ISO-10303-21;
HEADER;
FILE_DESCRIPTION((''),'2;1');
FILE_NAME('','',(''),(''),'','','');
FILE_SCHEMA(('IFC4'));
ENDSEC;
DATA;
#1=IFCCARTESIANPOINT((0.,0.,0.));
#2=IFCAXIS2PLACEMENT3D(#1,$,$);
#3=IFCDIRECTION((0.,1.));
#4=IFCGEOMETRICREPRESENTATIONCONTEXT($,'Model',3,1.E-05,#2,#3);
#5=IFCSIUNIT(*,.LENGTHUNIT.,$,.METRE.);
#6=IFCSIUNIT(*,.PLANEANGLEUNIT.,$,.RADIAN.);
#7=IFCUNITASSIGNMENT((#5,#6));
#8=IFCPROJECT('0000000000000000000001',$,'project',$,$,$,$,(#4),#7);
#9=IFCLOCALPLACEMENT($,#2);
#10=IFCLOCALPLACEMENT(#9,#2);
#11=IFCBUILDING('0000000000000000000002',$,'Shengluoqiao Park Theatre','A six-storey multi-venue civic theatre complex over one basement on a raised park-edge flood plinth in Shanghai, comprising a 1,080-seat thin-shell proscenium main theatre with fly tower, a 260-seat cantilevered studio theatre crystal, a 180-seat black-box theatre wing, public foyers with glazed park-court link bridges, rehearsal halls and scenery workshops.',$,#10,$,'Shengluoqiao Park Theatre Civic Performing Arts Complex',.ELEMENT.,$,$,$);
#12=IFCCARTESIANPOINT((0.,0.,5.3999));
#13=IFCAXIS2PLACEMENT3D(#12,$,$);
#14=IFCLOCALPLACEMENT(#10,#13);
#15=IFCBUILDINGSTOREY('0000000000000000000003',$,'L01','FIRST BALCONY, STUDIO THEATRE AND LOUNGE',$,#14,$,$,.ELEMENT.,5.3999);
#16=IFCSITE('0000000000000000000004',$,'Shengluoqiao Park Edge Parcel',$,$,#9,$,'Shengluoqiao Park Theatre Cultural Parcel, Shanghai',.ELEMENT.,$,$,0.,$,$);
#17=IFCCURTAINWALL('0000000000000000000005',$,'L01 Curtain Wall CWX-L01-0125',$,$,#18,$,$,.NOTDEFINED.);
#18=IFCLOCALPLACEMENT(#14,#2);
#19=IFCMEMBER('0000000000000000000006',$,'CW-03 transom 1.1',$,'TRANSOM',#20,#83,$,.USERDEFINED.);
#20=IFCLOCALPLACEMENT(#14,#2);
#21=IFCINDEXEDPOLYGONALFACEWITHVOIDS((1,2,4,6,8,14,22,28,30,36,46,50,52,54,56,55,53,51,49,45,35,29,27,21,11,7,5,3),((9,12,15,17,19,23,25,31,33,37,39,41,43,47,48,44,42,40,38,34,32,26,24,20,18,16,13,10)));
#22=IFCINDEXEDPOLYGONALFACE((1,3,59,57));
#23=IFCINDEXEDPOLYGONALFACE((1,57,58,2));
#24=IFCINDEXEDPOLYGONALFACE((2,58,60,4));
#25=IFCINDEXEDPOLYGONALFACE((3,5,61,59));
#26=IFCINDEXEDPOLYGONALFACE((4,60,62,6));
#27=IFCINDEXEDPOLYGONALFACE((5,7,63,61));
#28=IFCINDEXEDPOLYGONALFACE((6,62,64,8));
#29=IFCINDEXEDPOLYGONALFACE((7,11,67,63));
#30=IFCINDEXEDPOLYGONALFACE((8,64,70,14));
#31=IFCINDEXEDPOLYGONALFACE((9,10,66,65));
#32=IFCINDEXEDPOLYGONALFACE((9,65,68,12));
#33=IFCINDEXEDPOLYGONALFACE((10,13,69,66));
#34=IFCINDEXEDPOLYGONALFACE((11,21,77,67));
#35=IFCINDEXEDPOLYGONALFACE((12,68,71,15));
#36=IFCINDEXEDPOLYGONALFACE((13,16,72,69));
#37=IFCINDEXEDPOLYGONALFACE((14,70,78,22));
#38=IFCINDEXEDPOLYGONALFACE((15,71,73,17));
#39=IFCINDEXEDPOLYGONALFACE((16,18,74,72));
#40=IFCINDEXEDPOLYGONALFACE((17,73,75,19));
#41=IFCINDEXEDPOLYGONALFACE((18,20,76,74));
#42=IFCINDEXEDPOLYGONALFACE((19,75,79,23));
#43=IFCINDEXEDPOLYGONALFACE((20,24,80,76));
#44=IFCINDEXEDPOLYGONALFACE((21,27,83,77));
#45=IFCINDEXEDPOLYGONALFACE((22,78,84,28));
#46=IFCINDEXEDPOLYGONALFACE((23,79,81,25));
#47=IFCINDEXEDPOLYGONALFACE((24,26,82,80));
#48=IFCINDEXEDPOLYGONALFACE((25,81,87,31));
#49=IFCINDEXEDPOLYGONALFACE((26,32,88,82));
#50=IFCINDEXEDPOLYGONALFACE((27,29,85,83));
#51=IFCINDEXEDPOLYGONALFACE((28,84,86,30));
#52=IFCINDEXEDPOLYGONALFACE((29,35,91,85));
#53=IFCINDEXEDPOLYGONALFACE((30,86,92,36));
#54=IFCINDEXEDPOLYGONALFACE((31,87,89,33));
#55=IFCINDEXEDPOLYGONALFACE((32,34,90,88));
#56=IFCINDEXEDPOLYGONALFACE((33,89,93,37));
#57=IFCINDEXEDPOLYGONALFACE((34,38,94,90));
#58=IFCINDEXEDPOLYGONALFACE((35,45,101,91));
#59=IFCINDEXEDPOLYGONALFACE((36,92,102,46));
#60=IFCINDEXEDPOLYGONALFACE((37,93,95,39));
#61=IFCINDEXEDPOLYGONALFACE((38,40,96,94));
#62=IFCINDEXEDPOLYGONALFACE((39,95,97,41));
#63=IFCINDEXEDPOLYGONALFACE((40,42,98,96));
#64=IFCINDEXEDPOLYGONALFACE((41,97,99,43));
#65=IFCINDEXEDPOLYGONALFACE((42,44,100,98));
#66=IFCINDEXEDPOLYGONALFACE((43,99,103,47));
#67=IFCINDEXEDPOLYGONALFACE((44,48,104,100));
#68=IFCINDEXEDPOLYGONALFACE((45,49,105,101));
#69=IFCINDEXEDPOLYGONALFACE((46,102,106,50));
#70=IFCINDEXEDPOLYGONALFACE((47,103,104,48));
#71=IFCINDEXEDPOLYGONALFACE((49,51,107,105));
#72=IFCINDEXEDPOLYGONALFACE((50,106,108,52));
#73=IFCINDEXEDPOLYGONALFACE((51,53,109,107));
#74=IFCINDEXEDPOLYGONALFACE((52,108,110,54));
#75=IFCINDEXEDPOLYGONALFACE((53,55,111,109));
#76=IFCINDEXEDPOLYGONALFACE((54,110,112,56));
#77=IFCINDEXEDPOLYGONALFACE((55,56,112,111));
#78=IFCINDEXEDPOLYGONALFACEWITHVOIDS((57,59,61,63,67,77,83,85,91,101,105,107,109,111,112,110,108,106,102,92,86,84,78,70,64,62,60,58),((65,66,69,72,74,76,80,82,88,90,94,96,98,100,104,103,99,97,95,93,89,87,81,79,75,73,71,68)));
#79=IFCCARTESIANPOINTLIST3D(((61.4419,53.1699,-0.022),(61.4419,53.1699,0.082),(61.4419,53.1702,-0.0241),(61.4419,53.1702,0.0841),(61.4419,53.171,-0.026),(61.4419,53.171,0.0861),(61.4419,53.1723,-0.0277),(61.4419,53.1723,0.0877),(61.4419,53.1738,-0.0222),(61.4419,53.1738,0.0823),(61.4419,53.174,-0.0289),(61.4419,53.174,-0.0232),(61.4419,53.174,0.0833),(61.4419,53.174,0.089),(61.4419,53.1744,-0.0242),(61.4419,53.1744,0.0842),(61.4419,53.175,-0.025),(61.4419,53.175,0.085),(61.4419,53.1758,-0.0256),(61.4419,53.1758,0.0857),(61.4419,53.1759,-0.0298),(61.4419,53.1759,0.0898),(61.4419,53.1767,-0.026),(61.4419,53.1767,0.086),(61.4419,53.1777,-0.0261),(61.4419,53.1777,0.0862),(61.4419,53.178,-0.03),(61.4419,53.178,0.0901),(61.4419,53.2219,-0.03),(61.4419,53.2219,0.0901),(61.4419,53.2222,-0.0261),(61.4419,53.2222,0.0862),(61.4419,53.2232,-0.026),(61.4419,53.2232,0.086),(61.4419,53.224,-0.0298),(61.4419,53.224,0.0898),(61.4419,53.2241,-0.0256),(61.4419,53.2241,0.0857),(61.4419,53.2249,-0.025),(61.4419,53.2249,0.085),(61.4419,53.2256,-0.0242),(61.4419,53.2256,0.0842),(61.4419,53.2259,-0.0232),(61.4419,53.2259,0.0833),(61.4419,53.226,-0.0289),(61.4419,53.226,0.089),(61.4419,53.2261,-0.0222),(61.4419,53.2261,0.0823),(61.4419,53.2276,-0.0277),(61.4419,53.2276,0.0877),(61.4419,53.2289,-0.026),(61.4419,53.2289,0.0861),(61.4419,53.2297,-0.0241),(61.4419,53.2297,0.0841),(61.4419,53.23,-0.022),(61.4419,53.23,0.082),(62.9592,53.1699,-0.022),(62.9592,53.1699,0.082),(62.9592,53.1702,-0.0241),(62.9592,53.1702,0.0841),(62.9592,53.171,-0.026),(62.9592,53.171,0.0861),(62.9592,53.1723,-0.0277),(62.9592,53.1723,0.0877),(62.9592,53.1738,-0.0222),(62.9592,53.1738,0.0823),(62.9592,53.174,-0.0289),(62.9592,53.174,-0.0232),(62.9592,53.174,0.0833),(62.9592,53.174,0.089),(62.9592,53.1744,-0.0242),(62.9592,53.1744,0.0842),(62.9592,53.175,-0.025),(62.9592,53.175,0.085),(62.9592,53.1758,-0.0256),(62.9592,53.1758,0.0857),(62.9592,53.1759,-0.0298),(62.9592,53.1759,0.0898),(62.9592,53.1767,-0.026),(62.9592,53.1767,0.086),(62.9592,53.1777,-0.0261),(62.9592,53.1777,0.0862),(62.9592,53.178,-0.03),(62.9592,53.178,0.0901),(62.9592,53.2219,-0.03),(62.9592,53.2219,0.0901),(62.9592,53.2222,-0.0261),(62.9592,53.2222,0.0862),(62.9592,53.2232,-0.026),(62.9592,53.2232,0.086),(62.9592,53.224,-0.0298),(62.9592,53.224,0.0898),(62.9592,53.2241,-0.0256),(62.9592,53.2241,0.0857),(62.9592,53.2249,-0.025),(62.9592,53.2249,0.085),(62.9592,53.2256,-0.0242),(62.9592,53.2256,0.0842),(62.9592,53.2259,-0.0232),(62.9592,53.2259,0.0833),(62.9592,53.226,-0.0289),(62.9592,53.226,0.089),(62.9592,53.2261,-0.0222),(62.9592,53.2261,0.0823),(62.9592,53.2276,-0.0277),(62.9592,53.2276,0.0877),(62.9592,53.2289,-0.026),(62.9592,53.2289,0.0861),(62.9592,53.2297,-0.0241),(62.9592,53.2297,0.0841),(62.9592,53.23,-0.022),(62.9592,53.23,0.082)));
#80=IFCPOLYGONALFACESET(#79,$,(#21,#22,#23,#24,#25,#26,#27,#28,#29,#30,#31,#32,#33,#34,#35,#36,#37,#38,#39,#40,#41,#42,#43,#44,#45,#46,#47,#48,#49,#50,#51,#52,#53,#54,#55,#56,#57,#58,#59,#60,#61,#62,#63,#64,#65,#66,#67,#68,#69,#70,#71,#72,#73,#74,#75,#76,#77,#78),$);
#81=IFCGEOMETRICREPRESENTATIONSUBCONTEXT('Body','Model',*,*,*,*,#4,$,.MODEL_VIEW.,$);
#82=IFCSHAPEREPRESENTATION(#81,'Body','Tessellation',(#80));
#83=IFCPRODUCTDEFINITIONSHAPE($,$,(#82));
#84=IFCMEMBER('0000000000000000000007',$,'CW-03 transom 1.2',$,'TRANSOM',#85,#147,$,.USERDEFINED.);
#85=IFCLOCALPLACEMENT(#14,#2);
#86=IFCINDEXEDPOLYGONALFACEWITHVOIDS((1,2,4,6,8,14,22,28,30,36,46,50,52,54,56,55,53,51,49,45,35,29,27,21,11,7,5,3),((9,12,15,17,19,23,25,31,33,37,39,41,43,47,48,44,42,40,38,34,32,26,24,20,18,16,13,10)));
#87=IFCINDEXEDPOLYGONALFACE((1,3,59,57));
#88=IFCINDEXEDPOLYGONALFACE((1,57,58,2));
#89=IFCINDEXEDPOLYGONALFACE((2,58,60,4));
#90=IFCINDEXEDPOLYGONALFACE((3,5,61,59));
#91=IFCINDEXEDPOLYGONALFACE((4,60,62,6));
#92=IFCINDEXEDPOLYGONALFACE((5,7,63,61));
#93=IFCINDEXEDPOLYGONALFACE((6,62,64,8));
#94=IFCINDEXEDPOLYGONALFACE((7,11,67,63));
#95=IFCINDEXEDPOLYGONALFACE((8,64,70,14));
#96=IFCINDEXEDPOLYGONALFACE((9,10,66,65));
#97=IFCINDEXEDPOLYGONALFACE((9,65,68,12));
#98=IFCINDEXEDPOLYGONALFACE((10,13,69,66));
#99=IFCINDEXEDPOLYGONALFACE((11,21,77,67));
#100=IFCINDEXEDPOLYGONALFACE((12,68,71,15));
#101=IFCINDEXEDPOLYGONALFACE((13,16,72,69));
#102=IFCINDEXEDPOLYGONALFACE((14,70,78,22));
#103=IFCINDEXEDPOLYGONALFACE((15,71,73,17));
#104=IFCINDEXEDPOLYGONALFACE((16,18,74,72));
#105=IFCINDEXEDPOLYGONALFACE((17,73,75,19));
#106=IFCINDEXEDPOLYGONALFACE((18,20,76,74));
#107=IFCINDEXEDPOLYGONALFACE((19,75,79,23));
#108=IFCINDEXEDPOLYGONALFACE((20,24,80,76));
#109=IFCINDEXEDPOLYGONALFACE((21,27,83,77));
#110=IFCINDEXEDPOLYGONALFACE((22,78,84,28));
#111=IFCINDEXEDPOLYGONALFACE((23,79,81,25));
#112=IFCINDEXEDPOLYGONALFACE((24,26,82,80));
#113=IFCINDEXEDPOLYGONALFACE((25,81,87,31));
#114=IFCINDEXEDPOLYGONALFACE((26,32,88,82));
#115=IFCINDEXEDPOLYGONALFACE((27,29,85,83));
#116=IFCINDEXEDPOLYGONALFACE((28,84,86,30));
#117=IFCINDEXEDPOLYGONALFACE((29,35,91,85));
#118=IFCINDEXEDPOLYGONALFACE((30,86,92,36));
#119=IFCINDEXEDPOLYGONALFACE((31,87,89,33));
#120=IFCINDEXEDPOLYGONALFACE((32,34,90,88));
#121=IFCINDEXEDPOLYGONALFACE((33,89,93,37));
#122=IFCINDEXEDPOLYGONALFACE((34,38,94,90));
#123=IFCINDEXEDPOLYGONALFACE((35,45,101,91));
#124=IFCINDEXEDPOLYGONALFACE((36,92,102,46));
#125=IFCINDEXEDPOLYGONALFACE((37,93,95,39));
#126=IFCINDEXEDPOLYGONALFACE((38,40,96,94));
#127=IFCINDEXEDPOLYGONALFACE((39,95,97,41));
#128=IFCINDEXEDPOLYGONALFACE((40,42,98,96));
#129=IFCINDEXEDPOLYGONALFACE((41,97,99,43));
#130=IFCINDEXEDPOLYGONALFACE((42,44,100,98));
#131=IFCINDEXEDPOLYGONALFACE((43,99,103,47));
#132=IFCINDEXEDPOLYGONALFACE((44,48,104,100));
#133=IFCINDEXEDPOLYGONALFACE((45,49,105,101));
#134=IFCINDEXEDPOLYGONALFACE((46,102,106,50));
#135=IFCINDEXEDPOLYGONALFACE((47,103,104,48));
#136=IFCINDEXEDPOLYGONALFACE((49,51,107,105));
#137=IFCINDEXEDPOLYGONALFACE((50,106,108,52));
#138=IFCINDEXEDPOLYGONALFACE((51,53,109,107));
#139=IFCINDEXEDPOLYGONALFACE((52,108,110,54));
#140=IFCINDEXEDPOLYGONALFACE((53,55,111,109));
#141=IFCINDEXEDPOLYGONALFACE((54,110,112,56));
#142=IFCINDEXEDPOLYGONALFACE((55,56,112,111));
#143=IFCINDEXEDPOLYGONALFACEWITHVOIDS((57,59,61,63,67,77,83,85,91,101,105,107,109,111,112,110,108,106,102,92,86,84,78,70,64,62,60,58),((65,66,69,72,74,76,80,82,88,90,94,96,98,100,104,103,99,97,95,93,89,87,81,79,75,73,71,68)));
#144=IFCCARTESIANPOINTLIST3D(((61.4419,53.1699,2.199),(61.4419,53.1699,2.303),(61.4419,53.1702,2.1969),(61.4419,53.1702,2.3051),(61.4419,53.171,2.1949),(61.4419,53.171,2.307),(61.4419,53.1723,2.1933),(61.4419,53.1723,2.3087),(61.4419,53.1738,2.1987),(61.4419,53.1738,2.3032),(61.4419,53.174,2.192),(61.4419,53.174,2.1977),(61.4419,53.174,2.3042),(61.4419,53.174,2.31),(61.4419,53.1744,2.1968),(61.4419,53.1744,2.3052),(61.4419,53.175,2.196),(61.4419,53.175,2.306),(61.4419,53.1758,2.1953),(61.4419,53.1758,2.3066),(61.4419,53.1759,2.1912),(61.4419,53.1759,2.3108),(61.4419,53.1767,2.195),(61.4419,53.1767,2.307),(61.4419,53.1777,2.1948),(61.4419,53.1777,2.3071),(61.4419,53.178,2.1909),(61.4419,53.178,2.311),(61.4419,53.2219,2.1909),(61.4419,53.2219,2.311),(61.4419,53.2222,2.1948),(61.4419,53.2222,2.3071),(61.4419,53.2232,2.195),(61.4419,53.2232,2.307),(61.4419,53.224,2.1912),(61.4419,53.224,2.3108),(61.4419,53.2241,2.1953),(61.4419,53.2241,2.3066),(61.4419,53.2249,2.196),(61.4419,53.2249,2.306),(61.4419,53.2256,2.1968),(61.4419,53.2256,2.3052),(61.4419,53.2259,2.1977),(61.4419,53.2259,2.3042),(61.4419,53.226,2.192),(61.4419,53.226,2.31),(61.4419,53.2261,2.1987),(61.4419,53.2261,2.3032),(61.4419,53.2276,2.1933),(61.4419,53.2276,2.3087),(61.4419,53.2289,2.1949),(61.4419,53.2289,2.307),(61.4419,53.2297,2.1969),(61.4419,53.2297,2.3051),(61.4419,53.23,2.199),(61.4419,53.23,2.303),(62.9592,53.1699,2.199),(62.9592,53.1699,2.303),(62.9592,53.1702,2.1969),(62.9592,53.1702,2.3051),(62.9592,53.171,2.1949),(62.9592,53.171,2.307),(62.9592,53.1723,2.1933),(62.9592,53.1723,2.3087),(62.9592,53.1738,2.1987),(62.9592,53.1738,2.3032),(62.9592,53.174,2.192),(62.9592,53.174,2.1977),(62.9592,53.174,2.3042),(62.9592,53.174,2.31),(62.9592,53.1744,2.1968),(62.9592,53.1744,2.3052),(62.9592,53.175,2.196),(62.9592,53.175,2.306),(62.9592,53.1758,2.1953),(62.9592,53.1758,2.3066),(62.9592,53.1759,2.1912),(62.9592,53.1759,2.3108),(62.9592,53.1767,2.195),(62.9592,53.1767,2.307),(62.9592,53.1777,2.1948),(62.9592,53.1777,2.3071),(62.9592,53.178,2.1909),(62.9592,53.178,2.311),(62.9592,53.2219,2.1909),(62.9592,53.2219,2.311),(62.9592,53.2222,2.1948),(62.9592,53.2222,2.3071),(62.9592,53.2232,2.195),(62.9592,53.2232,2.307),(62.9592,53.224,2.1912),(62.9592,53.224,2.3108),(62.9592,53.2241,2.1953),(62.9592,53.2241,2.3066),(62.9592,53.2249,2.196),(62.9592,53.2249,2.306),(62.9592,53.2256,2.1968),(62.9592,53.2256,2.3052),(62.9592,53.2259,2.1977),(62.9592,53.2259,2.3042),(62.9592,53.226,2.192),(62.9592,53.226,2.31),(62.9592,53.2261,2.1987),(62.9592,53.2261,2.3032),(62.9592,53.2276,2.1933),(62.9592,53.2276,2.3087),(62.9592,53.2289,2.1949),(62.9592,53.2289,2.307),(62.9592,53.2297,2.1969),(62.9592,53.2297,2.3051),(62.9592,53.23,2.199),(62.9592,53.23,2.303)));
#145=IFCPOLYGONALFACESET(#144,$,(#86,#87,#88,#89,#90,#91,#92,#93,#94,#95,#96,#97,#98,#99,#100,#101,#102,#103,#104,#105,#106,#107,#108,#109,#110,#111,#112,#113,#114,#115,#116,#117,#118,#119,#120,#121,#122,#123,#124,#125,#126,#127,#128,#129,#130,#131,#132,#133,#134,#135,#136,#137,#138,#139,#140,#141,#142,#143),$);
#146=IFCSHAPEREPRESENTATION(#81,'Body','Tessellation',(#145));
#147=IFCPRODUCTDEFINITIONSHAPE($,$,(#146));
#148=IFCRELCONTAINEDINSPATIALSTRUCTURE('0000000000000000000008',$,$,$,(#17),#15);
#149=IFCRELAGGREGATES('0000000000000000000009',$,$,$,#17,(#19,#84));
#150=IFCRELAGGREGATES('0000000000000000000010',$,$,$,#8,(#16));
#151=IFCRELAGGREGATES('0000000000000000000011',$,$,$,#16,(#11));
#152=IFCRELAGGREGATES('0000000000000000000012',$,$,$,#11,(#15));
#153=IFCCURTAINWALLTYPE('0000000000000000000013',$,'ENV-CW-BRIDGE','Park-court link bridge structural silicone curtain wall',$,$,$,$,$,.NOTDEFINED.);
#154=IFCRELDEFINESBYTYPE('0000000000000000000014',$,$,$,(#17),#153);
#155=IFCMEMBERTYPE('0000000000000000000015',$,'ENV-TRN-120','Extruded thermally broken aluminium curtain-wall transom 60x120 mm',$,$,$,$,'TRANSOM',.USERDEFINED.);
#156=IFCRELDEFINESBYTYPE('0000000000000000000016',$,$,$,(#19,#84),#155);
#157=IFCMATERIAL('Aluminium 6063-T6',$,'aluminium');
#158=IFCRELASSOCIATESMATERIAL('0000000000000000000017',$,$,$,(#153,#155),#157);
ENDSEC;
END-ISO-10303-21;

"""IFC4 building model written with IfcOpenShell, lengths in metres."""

from ifc_helpers import new_model, si_unit, direction, frame, origin, origin_2d, place, context, subcontext, project, spatial, hollow_rectangle, extrude, material, material_profile, profile_set, type_object, element, aggregate, save


model = new_model("IFC4")

# Units and contexts
model_context = context("Model", 3, precision=1e-05, world=origin(), true_north=direction((0.0, 1.0)))
body_context = subcontext(model_context, "Body", "Model", "MODEL_VIEW")
ifc_project = project(units=[si_unit("LENGTHUNIT", "METRE"), si_unit("PLANEANGLEUNIT", "RADIAN")], contexts=[model_context])

# Site, building, storey
site_placement = place(None, origin())
site = spatial("IfcSite", under=ifc_project, at=site_placement, Name="Shengluoqiao Park Edge Parcel", LongName="Shengluoqiao Park Theatre Cultural Parcel, Shanghai", CompositionType="ELEMENT", RefElevation=0.0)
building_placement = place(site_placement, origin())
building = spatial("IfcBuilding", under=site, at=building_placement, Name="Shengluoqiao Park Theatre", Description="A six-storey multi-venue civic theatre complex over one basement on a raised park-edge flood plinth in Shanghai, comprising a 1,080-seat thin-shell proscenium main theatre with fly tower, a 260-seat cantilevered studio theatre crystal, a 180-seat black-box theatre wing, public foyers with glazed park-court link bridges, rehearsal halls and scenery workshops.", LongName="Shengluoqiao Park Theatre Civic Performing Arts Complex", CompositionType="ELEMENT")
storey_placement = place(building_placement, frame((0.0, 0.0, 5.3999)))
storey = spatial("IfcBuildingStorey", under=building, at=storey_placement, Name="L01", Description="FIRST BALCONY, STUDIO THEATRE AND LOUNGE", CompositionType="ELEMENT", Elevation=5.3999)

# Curtain wall
ifc_material_1 = material(Name="Aluminium 6063-T6", Category="aluminium")
curtain_wall_type = type_object("IfcCurtainWallType", Name="ENV-CW-BRIDGE", Description="Park-court link bridge structural silicone curtain wall", PredefinedType="NOTDEFINED", material=ifc_material_1)
curtain_wall_1_placement = place(storey_placement, origin())
curtain_wall_1 = element("IfcCurtainWall", 1, at=curtain_wall_1_placement, inside=storey, type_object=curtain_wall_type, Name="L01 Curtain Wall CWX-L01-0125", PredefinedType="NOTDEFINED")

# Members
ifc_material_profile_1 = material_profile(ifc_material_1, hollow_rectangle(XDim=0.0601, YDim=0.1201, WallThickness=0.0039, InnerFilletRadius=0.0039, OuterFilletRadius=0.0081, at=origin_2d()), Name="ALU TRANSOM 120x60x4")
ifc_profile_set_1 = profile_set([ifc_material_profile_1], Name="Aluminium 6063-T6")
member_type_1 = type_object("IfcMemberType", Name="ENV-TRN-120", Description="Extruded thermally broken aluminium curtain-wall transom 60x120 mm", ElementType="TRANSOM", PredefinedType="USERDEFINED", material=ifc_profile_set_1)
member_1_placement = place(storey_placement, frame((61.4419, 53.2, 0.03), z_axis=(1.0, 0.0, 0.0), x_axis=(0.0, 1.0, 0.0)))
member_1 = element("IfcMember", 2, at=member_1_placement, type_object=member_type_1, Name="CW-03 transom 1.1", ObjectType="TRANSOM", PredefinedType="USERDEFINED", context=body_context, shape_type="SweptSolid", body=[
    extrude(hollow_rectangle(XDim=0.0601, YDim=0.1201, WallThickness=0.0039, InnerFilletRadius=0.0039, OuterFilletRadius=0.0081, at=origin_2d()), origin(), (0.0, 0.0, 1.0), 1.5173),
])
member_2_placement = place(storey_placement, frame((61.4419, 53.2, 2.251), z_axis=(1.0, 0.0, 0.0), x_axis=(0.0, 1.0, 0.0)))
member_2 = element("IfcMember", 3, at=member_2_placement, type_object=member_type_1, Name="CW-03 transom 1.2", ObjectType="TRANSOM", PredefinedType="USERDEFINED", context=body_context, shape_type="SweptSolid", body=[
    extrude(hollow_rectangle(XDim=0.0601, YDim=0.1201, WallThickness=0.0039, InnerFilletRadius=0.0039, OuterFilletRadius=0.0081, at=origin_2d()), origin(), (0.0, 0.0, 1.0), 1.5173),
])

aggregate(curtain_wall_1, [member_1, member_2])

save(model, "model.ifc")
